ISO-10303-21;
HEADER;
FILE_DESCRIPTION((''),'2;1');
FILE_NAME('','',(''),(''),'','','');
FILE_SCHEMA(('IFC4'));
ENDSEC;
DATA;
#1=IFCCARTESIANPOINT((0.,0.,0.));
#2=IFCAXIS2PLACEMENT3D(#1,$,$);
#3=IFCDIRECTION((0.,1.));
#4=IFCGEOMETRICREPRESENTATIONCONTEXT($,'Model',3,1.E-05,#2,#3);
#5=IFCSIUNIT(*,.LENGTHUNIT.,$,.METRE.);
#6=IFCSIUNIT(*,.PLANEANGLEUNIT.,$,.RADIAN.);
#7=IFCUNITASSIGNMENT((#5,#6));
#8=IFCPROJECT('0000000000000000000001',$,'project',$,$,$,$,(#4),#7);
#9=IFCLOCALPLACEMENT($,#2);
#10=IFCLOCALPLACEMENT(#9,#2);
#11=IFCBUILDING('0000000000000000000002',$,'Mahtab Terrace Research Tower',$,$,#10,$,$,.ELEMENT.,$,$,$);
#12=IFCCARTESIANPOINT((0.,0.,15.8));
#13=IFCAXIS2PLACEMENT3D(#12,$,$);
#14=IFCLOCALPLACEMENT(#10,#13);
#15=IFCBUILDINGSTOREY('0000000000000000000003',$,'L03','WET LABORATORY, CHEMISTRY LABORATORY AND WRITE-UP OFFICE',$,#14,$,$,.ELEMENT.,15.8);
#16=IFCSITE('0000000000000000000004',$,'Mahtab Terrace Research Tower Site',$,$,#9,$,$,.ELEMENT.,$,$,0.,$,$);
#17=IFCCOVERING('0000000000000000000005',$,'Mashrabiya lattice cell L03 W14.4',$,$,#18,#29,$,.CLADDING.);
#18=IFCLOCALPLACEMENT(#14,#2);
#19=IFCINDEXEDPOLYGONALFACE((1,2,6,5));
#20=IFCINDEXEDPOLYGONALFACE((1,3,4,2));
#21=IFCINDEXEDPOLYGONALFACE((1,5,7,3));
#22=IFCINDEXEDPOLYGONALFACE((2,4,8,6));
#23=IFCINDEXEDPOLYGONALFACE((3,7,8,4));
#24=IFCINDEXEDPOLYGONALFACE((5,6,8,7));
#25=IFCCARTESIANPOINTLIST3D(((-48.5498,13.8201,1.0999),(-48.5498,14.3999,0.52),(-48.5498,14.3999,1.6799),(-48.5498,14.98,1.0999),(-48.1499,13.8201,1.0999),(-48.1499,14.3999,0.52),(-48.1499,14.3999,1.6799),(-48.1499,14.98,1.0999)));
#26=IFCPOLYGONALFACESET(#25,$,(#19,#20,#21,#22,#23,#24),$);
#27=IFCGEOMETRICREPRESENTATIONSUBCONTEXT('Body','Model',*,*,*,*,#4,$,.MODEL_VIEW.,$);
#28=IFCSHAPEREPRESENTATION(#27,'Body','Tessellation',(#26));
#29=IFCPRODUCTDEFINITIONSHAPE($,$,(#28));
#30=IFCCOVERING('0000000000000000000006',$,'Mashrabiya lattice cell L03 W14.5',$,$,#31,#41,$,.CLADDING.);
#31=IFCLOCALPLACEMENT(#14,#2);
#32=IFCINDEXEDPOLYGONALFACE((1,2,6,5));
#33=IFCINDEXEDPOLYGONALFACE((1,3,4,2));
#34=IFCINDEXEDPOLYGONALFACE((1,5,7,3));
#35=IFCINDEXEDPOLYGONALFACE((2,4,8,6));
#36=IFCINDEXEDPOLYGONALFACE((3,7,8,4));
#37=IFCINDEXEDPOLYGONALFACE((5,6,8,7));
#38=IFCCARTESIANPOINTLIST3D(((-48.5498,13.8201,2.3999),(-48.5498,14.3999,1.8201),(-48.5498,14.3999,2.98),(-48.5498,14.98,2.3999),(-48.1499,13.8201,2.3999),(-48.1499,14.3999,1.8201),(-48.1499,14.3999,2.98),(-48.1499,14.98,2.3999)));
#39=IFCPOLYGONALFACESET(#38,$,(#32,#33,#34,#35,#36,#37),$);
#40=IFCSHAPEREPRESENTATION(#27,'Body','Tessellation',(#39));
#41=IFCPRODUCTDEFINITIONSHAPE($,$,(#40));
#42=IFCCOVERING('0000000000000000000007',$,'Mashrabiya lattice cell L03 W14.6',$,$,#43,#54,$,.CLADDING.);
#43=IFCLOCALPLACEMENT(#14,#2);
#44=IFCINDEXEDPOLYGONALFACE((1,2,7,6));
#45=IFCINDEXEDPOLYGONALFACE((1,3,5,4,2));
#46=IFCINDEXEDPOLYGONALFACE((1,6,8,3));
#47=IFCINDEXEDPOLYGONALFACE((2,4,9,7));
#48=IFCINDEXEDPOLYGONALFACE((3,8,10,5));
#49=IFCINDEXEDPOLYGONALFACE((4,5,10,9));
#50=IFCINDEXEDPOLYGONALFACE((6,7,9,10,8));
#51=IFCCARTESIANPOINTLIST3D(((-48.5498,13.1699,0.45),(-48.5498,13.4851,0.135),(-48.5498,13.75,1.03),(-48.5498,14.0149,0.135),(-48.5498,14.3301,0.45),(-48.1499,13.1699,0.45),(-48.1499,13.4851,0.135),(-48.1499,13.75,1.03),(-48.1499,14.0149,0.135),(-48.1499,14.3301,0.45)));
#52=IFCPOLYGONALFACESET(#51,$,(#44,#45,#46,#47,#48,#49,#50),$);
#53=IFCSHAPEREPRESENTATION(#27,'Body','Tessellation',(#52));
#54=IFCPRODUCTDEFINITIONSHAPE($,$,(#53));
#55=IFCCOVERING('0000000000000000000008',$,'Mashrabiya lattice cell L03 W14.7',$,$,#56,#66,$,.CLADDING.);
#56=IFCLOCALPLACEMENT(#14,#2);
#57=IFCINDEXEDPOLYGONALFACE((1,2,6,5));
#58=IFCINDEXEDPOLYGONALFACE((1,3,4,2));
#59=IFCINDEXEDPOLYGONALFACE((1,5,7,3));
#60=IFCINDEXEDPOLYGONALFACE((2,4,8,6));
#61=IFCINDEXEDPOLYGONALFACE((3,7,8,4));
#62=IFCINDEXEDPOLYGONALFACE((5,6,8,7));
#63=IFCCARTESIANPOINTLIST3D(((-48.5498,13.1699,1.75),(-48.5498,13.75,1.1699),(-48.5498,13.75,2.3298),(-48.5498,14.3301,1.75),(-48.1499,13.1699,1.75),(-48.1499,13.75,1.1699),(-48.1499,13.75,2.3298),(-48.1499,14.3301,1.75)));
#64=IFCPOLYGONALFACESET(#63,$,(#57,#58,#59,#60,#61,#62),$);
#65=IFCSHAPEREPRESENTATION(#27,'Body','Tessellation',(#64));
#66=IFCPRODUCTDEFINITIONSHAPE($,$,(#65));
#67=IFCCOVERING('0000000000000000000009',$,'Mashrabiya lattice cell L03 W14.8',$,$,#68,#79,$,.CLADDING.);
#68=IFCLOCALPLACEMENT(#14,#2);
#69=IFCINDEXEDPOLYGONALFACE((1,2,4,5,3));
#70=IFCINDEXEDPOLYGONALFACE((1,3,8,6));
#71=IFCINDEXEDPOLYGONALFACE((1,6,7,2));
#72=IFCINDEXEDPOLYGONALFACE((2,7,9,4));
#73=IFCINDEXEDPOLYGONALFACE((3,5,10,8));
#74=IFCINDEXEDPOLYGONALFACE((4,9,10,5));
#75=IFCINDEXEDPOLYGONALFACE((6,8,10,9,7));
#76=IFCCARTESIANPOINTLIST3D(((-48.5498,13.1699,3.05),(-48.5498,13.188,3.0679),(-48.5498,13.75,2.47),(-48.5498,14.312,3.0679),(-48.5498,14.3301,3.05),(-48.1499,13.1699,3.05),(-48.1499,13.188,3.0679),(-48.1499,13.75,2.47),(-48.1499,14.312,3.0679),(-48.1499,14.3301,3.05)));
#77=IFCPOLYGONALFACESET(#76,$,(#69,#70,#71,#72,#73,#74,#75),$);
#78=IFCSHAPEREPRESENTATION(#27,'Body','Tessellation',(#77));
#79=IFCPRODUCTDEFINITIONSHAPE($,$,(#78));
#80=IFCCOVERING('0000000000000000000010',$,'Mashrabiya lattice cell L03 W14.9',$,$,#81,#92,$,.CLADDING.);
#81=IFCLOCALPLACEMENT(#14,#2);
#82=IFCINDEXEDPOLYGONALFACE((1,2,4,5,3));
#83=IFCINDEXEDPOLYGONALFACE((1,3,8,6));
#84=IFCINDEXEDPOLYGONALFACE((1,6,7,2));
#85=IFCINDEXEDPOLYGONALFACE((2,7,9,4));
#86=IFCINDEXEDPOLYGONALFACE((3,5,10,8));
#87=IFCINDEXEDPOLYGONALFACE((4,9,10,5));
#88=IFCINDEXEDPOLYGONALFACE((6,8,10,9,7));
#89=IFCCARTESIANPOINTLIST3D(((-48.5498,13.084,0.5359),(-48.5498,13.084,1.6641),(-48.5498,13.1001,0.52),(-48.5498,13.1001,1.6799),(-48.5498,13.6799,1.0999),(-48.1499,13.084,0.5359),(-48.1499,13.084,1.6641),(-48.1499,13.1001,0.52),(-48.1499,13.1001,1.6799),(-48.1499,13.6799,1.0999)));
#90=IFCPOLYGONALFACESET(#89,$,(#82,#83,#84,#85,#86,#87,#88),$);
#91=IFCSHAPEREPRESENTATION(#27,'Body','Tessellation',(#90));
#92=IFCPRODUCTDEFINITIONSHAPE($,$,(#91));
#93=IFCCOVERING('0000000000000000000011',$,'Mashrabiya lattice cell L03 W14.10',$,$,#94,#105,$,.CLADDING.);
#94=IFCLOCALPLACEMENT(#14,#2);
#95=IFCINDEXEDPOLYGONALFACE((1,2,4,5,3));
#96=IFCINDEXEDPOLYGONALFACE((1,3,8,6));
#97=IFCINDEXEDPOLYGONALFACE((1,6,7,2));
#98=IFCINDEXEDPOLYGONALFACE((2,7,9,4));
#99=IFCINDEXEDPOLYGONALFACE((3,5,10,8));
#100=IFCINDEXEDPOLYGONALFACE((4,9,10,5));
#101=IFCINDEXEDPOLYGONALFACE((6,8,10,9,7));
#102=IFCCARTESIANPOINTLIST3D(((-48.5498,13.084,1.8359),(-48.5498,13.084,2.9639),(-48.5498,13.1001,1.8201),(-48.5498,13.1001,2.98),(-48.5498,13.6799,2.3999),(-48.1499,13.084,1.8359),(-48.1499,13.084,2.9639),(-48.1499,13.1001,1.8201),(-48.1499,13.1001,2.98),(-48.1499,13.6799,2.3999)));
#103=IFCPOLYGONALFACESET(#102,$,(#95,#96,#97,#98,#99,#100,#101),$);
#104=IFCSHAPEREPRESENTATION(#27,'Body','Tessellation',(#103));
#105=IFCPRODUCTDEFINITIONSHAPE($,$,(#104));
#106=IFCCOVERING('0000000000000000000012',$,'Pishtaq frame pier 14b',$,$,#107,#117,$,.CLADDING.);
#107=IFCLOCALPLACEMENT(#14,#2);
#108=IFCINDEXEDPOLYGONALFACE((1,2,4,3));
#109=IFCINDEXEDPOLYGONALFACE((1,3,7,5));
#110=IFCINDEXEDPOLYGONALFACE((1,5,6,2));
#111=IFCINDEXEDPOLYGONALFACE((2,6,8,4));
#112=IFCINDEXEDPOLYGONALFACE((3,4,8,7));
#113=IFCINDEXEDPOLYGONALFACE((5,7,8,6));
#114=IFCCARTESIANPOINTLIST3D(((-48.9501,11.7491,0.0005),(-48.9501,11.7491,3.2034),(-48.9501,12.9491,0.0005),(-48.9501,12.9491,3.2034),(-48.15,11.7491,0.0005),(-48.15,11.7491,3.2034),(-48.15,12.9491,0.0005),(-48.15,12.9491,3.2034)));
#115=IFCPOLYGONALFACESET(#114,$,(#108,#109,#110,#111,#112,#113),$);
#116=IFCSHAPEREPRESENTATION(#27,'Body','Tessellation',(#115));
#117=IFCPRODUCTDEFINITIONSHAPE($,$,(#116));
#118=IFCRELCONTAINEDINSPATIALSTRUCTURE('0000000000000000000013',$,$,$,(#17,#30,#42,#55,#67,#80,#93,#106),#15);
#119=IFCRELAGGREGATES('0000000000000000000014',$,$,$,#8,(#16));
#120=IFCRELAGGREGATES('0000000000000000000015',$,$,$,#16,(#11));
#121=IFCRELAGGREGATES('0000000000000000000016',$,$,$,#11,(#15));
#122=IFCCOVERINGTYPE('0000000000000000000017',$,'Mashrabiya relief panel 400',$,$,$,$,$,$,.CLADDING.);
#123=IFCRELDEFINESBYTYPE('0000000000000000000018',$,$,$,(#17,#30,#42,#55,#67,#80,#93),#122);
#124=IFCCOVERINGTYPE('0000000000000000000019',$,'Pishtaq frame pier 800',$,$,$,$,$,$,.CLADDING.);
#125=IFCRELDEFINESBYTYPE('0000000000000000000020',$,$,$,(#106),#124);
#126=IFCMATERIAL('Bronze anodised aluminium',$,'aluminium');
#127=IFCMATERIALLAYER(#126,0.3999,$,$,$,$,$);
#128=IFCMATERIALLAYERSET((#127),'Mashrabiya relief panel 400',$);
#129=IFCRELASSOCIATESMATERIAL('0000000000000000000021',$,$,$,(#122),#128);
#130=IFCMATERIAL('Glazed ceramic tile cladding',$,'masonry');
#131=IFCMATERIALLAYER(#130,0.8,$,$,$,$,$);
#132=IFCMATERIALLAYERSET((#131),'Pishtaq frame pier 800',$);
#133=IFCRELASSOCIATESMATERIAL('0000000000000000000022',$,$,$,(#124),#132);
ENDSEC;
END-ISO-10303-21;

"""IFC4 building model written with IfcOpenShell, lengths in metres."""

from ifc_helpers import new_model, si_unit, direction, frame, origin, origin_2d, place, context, subcontext, project, spatial, polyline, rectangle, outline, extrude, material, layer, layer_set, type_object, element, save


model = new_model("IFC4")

# Units and contexts
model_context = context("Model", 3, precision=1e-05, world=origin(), true_north=direction((0.0, 1.0)))
body_context = subcontext(model_context, "Body", "Model", "MODEL_VIEW")
ifc_project = project(units=[si_unit("LENGTHUNIT", "METRE"), si_unit("PLANEANGLEUNIT", "RADIAN")], contexts=[model_context])

# Site, building, storey
site_placement = place(None, origin())
site = spatial("IfcSite", under=ifc_project, at=site_placement, Name="Mahtab Terrace Research Tower Site", CompositionType="ELEMENT", RefElevation=0.0)
building_placement = place(site_placement, origin())
building = spatial("IfcBuilding", under=site, at=building_placement, Name="Mahtab Terrace Research Tower", CompositionType="ELEMENT")
storey_placement = place(building_placement, frame((0.0, 0.0, 15.8)))
storey = spatial("IfcBuildingStorey", under=building, at=storey_placement, Name="L03", Description="WET LABORATORY, CHEMISTRY LABORATORY AND WRITE-UP OFFICE", CompositionType="ELEMENT", Elevation=15.8)

# Coverings
ifc_material_1 = material(Name="Bronze anodised aluminium", Category="aluminium")
ifc_layer_1 = layer(ifc_material_1, 0.3999)
ifc_layer_set_1 = layer_set([ifc_layer_1], Name="Mashrabiya relief panel 400")
covering_type_1 = type_object("IfcCoveringType", Name="Mashrabiya relief panel 400", PredefinedType="CLADDING", material=ifc_layer_set_1)
for number, where, z_axis, x_axis, name in (
    (1, (-48.1499, 14.3999, 1.6799), (1.0, 0.0, 0.0), (0.0, -0.706958, -0.707256), "Mashrabiya lattice cell L03 W14.4"),
    (2, (-48.1499, 14.3999, 2.98), (1.0, 0.0, 0.0), (0.0, -0.706958, -0.707256), "Mashrabiya lattice cell L03 W14.5"),
):
    element("IfcCovering", number, at=place(storey_placement, frame(where, z_axis=z_axis, x_axis=x_axis)), inside=storey, type_object=covering_type_1, Name=name, PredefinedType="CLADDING", context=body_context, shape_type="SweptSolid", body=[
        extrude(outline(polyline([(0.0, 0.0), (0.8202, 0.0), (0.8204, 0.82), (0.0002, 0.8204), (0.0, 0.0)])), origin(), (0.0, 0.0, -1.0), 0.3999),
    ])
covering_1_placement = place(storey_placement, frame((-48.1499, 14.3301, 0.45), z_axis=(1.0, 0.0, 0.0), x_axis=(0.0, -0.707107, 0.707107)))
element("IfcCovering", 3, at=covering_1_placement, inside=storey, type_object=covering_type_1, Name="Mashrabiya lattice cell L03 W14.6", PredefinedType="CLADDING", context=body_context, shape_type="SweptSolid", body=[
    extrude(outline(polyline([(0.0, 0.0), (0.8204, 0.0), (0.8204, 0.8204), (0.3748, 0.8202), (0.0002, 0.4456), (0.0, 0.0)])), origin(), (0.0, 0.0, -1.0), 0.3999),
])
covering_2_placement = place(storey_placement, frame((-48.1499, 13.75, 2.3298), z_axis=(1.0, 0.0, 0.0), x_axis=(0.0, -0.707256, -0.706958)))
element("IfcCovering", 4, at=covering_2_placement, inside=storey, type_object=covering_type_1, Name="Mashrabiya lattice cell L03 W14.7", PredefinedType="CLADDING", context=body_context, shape_type="SweptSolid", body=[
    extrude(outline(polyline([(0.0, 0.0), (0.8202, 0.0), (0.82, 0.8204), (-0.0003, 0.8202), (0.0, 0.0)])), origin(), (0.0, 0.0, -1.0), 0.3999),
])
covering_3_placement = place(storey_placement, frame((-48.1499, 13.1699, 3.05), z_axis=(1.0, 0.0, 0.0), x_axis=(0.0, 0.707107, -0.707107)))
element("IfcCovering", 5, at=covering_3_placement, inside=storey, type_object=covering_type_1, Name="Mashrabiya lattice cell L03 W14.8", PredefinedType="CLADDING", context=body_context, shape_type="SweptSolid", body=[
    extrude(outline(polyline([(0.0, 0.0), (0.8204, 0.0), (0.8204, 0.8204), (0.795, 0.8202), (0.0002, 0.0254), (0.0, 0.0)])), origin(), (0.0, 0.0, -1.0), 0.3999),
])
covering_4_placement = place(storey_placement, frame((-48.1499, 13.1001, 0.52), z_axis=(1.0, 0.0, 0.0), x_axis=(0.0, 0.707107, 0.707107)))
element("IfcCovering", 6, at=covering_4_placement, inside=storey, type_object=covering_type_1, Name="Mashrabiya lattice cell L03 W14.9", PredefinedType="CLADDING", context=body_context, shape_type="SweptSolid", body=[
    extrude(outline(polyline([(0.0, 0.0), (0.82, 0.0), (0.8202, 0.8202), (0.7976, 0.8204), (-0.0002, 0.0226), (0.0, 0.0)])), origin(), (0.0, 0.0, -1.0), 0.3999),
])
covering_5_placement = place(storey_placement, frame((-48.1499, 13.1001, 1.8201), z_axis=(1.0, 0.0, 0.0), x_axis=(0.0, 0.707107, 0.707107)))
element("IfcCovering", 7, at=covering_5_placement, inside=storey, type_object=covering_type_1, Name="Mashrabiya lattice cell L03 W14.10", PredefinedType="CLADDING", context=body_context, shape_type="SweptSolid", body=[
    extrude(outline(polyline([(0.0, 0.0), (0.82, 0.0), (0.8202, 0.8202), (0.7974, 0.8202), (-0.0002, 0.0226), (0.0, 0.0)])), origin(), (0.0, 0.0, -1.0), 0.3999),
])
ifc_material_2 = material(Name="Glazed ceramic tile cladding", Category="masonry")
ifc_layer_2 = layer(ifc_material_2, 0.8)
ifc_layer_set_2 = layer_set([ifc_layer_2], Name="Pishtaq frame pier 800")
covering_type_2 = type_object("IfcCoveringType", Name="Pishtaq frame pier 800", PredefinedType="CLADDING", material=ifc_layer_set_2)
covering_6_placement = place(storey_placement, frame((-48.55, 12.3491, 0.0005), z_axis=(0.0, 0.0, 1.0), x_axis=(0.0, -1.0, 0.0)))
element("IfcCovering", 8, at=covering_6_placement, inside=storey, type_object=covering_type_2, Name="Pishtaq frame pier 14b", PredefinedType="CLADDING", context=body_context, shape_type="SweptSolid", body=[
    extrude(rectangle(XDim=1.2, YDim=0.8, at=origin_2d()), origin(), (0.0, 0.0, 1.0), 3.2029),
])

save(model, "model.ifc")
